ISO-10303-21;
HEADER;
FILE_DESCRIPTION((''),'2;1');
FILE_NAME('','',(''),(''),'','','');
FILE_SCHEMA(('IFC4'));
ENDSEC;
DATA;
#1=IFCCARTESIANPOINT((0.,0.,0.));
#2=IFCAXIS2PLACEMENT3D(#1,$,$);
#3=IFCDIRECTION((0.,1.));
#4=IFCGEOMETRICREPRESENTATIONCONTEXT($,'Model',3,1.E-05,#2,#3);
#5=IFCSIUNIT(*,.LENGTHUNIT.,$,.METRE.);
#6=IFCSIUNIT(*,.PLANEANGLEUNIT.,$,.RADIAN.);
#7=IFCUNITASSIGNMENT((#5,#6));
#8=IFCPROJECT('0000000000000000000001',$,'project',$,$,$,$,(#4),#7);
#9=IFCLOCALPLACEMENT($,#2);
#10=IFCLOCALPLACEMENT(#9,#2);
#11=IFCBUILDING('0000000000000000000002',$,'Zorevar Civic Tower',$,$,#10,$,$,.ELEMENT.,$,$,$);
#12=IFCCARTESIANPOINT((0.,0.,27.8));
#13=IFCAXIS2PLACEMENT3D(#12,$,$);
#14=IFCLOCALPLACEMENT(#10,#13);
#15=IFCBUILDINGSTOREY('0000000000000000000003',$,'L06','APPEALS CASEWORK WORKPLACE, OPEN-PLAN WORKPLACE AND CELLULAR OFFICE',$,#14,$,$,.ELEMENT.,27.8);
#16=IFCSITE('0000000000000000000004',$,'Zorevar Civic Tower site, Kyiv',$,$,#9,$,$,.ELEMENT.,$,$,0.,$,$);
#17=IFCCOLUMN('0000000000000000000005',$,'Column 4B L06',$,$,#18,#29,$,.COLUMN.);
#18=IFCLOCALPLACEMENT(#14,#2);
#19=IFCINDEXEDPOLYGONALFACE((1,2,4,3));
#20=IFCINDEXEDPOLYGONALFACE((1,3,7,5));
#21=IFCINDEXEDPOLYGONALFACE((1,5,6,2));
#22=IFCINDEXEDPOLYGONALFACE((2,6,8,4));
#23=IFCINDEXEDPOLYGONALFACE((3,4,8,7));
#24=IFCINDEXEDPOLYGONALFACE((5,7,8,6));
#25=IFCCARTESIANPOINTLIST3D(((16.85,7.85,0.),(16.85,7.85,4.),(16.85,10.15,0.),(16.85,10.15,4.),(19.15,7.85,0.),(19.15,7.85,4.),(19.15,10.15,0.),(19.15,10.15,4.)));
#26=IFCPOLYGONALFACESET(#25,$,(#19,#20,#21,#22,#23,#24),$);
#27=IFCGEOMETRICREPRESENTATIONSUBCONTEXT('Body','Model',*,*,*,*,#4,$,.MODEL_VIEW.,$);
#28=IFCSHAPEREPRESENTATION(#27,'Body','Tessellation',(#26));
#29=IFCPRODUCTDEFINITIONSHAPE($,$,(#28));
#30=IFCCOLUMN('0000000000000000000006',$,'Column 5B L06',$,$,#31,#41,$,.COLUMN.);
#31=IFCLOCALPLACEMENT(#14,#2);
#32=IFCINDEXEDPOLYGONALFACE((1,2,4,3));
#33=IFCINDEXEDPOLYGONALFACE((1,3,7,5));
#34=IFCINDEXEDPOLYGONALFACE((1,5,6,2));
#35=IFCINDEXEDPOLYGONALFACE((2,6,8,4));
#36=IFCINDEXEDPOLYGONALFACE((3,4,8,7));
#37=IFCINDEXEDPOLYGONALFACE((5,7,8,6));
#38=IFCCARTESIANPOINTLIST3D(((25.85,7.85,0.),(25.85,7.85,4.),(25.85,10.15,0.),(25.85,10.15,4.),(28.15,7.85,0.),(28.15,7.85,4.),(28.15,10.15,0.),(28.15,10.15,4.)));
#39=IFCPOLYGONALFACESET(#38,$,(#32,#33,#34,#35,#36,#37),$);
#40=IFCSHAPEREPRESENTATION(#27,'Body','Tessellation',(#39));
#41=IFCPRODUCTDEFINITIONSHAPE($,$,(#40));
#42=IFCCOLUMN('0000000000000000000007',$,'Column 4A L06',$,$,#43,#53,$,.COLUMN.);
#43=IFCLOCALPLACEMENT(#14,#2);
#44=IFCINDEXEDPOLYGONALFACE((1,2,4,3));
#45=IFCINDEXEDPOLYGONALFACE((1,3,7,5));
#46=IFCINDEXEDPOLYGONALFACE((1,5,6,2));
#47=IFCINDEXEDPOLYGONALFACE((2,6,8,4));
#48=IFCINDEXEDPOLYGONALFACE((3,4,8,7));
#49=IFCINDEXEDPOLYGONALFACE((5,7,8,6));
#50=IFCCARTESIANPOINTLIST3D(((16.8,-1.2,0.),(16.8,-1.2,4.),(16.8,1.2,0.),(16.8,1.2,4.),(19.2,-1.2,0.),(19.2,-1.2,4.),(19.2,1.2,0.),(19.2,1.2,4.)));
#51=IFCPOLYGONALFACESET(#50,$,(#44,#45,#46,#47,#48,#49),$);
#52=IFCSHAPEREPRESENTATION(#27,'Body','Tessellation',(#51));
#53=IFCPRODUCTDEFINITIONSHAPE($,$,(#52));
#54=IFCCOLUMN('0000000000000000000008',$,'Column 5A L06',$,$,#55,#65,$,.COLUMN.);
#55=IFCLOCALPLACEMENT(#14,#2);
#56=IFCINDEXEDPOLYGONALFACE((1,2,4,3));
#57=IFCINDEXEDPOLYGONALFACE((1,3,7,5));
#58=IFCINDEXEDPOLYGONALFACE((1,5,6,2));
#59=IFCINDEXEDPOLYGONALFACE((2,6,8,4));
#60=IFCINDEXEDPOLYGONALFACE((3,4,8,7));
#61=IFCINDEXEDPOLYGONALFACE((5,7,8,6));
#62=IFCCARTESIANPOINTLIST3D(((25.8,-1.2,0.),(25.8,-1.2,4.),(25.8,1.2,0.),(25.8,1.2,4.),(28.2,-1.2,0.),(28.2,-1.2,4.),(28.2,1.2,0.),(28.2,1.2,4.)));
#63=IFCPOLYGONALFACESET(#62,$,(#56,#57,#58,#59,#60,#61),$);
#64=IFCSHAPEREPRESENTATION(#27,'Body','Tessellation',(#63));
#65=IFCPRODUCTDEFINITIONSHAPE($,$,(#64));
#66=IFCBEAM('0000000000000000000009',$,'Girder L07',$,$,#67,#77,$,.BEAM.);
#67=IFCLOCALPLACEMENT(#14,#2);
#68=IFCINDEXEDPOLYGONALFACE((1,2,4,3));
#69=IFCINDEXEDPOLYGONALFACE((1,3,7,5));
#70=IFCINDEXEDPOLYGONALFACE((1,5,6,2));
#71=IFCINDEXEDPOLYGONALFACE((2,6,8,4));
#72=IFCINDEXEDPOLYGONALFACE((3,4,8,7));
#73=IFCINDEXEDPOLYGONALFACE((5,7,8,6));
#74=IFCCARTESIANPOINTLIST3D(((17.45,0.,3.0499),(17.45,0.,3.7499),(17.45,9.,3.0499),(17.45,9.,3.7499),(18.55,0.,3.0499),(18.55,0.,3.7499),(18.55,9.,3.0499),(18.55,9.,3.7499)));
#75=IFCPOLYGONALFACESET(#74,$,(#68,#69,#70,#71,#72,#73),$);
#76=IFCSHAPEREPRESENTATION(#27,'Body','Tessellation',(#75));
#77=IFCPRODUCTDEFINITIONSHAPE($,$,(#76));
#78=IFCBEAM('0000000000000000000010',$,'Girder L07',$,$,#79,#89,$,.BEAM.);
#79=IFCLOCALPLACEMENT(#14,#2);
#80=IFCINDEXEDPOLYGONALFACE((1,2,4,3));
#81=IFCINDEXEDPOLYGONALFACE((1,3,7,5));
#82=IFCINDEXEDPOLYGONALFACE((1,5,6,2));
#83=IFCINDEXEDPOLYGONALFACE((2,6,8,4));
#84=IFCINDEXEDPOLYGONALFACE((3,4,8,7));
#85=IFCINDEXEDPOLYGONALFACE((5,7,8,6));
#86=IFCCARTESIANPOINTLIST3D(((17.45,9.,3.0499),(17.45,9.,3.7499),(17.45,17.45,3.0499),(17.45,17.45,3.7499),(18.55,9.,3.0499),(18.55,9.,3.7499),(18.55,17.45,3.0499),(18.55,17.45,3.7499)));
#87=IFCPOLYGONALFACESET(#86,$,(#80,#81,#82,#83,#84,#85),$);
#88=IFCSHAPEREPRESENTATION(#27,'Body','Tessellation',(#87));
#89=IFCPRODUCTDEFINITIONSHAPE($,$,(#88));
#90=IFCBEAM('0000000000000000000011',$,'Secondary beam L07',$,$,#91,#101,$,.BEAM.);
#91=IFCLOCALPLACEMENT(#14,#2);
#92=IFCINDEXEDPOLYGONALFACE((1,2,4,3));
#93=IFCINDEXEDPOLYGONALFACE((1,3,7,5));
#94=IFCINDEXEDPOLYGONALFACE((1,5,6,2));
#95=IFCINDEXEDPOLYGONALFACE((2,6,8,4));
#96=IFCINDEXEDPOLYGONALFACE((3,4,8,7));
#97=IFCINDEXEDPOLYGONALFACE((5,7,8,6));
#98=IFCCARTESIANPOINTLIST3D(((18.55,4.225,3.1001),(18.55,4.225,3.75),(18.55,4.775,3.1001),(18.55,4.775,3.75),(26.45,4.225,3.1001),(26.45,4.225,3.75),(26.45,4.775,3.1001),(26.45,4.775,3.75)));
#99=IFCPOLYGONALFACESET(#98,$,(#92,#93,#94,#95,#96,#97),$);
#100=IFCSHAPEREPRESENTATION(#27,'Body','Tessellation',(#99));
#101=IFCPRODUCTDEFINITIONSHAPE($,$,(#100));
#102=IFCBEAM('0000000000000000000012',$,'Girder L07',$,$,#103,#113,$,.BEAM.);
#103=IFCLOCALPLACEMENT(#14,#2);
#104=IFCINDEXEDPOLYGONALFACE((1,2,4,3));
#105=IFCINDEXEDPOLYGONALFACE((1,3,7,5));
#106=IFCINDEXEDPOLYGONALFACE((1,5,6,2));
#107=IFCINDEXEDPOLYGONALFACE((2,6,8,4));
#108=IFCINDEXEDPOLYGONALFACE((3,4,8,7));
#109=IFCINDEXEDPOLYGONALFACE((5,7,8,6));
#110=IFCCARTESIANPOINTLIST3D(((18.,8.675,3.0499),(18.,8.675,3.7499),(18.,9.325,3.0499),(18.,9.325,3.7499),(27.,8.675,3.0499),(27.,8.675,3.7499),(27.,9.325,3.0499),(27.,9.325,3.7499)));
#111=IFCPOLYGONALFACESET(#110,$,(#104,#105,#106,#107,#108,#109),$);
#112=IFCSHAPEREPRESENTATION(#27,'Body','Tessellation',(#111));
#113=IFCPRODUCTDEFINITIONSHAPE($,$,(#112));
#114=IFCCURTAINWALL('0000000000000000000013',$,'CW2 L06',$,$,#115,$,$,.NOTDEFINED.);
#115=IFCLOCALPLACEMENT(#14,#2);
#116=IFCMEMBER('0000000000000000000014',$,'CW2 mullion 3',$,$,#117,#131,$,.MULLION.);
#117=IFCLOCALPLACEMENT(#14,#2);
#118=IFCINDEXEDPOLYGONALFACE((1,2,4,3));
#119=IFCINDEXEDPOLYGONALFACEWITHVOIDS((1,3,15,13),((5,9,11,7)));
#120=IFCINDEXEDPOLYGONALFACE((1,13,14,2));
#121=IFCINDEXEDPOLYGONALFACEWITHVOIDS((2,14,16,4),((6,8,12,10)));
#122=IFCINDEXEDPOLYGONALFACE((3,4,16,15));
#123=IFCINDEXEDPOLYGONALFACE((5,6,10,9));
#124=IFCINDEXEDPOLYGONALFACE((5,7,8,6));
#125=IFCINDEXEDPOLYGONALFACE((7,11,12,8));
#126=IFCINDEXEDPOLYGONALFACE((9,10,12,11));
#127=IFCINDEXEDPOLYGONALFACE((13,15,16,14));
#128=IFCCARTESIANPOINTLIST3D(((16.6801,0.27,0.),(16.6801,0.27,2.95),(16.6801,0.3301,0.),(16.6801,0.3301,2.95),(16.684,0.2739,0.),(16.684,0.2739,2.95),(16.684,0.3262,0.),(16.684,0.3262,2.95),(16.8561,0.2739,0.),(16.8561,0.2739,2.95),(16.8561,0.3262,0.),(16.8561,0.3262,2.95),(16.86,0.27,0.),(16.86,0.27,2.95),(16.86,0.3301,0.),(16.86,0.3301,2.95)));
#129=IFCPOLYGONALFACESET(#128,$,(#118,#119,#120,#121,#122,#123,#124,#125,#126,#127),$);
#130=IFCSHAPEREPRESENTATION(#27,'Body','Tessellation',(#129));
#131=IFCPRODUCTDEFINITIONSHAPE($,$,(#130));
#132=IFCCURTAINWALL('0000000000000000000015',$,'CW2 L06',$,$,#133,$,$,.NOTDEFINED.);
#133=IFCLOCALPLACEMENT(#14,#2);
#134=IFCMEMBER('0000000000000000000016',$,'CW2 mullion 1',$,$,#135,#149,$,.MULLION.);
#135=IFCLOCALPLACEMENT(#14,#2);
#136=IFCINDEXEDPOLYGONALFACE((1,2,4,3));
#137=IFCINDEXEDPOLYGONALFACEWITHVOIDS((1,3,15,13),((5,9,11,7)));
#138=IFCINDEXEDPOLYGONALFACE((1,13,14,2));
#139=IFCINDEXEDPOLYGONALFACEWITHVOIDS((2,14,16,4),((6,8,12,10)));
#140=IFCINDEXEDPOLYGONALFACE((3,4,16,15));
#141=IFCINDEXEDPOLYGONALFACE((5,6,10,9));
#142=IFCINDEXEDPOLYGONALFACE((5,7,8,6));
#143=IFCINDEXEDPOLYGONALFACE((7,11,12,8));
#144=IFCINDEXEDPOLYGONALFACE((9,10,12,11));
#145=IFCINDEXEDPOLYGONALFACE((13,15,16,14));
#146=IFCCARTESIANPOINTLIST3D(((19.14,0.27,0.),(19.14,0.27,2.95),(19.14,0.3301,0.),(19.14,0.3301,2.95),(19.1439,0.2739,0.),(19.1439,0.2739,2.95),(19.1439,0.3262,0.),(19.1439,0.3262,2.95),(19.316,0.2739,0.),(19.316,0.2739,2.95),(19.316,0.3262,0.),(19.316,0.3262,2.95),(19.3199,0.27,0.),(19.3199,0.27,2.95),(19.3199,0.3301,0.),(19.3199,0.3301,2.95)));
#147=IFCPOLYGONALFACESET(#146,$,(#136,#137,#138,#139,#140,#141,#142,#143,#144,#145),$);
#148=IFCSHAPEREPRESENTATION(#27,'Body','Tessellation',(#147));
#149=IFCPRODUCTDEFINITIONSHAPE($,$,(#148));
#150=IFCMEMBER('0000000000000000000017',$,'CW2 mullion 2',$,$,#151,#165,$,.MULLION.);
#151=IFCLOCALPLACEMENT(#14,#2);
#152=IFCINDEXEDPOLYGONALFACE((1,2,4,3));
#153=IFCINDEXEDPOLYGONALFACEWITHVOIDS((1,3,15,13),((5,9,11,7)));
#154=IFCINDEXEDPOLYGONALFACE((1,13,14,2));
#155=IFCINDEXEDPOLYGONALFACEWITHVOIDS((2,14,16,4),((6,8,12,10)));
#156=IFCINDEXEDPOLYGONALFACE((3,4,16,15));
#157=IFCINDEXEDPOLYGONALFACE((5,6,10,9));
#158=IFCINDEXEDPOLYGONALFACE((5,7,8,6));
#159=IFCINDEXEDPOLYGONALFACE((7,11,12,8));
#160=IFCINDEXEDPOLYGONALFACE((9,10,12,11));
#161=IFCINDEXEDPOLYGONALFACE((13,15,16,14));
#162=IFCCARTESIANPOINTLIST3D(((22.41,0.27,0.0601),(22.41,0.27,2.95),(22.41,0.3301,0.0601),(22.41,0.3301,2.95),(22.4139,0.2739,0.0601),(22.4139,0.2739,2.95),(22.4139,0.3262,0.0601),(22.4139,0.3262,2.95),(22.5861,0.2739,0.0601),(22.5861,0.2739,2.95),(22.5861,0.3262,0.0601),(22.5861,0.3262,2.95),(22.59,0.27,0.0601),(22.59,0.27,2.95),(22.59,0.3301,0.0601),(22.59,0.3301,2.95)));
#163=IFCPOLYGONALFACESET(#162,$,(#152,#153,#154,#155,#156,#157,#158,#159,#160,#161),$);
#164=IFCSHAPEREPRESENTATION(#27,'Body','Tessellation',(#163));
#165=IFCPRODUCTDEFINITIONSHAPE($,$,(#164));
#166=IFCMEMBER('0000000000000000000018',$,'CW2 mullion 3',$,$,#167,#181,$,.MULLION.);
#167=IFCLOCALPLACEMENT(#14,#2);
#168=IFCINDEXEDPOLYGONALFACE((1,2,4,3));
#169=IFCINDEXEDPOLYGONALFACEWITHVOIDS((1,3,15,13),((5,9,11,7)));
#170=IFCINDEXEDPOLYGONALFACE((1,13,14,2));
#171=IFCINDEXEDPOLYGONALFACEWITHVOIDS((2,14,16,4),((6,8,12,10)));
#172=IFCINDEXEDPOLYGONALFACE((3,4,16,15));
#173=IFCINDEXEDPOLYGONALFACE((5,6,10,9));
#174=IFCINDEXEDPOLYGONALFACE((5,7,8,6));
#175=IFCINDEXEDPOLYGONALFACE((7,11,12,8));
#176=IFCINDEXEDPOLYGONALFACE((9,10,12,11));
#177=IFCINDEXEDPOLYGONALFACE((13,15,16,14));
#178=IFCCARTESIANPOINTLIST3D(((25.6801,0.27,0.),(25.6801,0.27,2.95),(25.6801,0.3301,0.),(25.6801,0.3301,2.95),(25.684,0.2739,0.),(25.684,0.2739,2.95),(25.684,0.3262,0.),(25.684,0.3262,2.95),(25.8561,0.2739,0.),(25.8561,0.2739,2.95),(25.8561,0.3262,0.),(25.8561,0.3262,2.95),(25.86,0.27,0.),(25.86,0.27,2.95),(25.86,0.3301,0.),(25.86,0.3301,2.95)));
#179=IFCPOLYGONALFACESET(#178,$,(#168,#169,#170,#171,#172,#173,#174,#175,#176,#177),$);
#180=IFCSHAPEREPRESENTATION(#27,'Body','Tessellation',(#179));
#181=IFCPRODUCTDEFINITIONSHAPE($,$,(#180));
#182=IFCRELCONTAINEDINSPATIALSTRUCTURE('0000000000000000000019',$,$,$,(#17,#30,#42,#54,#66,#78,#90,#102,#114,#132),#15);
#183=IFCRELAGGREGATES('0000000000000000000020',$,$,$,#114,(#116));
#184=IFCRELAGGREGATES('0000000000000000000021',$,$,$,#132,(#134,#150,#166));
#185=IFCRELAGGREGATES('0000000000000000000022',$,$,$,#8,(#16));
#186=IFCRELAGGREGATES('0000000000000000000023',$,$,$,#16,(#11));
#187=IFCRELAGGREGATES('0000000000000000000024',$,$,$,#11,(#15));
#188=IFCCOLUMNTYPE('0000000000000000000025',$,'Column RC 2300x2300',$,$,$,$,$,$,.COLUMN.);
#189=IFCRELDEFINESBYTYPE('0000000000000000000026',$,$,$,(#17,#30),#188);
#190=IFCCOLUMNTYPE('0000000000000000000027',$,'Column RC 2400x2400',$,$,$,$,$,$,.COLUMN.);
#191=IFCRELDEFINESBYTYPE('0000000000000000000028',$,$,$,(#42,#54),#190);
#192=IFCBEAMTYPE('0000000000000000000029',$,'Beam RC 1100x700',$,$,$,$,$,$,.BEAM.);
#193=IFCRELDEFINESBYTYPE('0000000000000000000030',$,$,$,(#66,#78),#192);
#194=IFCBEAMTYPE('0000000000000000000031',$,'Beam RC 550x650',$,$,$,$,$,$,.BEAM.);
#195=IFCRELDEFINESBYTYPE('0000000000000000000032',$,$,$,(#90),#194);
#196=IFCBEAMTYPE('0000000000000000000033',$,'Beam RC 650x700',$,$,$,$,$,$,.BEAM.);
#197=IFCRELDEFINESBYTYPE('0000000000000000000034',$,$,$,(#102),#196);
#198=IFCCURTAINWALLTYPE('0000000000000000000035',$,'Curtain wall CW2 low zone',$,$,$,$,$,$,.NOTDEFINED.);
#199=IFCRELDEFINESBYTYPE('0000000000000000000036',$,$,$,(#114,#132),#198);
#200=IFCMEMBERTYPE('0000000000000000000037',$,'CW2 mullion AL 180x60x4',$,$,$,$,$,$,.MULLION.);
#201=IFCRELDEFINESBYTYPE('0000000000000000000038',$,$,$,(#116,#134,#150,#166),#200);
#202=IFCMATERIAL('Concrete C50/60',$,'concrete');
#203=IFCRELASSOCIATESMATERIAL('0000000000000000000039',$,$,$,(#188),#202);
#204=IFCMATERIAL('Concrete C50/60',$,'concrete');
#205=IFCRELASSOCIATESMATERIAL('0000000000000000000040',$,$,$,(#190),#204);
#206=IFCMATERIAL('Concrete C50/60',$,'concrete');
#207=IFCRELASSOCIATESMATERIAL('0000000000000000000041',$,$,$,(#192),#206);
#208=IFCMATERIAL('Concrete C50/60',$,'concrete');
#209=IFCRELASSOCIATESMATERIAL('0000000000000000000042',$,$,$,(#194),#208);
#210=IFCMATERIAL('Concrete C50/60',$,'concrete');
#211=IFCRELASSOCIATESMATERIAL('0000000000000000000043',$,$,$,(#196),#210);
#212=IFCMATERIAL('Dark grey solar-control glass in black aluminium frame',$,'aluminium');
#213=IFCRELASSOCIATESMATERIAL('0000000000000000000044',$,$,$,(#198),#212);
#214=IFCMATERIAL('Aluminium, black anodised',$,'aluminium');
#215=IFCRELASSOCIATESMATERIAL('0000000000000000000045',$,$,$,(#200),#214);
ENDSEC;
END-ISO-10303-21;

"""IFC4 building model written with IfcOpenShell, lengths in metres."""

from ifc_helpers import new_model, si_unit, direction, frame, origin, origin_2d, place, context, subcontext, project, spatial, rectangle, hollow_rectangle, extrude, material, material_profile, profile_set, type_object, element, aggregate, save


model = new_model("IFC4")

# Units and contexts
model_context = context("Model", 3, precision=1e-05, world=origin(), true_north=direction((0.0, 1.0)))
body_context = subcontext(model_context, "Body", "Model", "MODEL_VIEW")
ifc_project = project(units=[si_unit("LENGTHUNIT", "METRE"), si_unit("PLANEANGLEUNIT", "RADIAN")], contexts=[model_context])

# Site, building, storey
site_placement = place(None, origin())
site = spatial("IfcSite", under=ifc_project, at=site_placement, Name="Zorevar Civic Tower site, Kyiv", CompositionType="ELEMENT", RefElevation=0.0)
building_placement = place(site_placement, origin())
building = spatial("IfcBuilding", under=site, at=building_placement, Name="Zorevar Civic Tower", CompositionType="ELEMENT")
storey_placement = place(building_placement, frame((0.0, 0.0, 27.8)))
storey = spatial("IfcBuildingStorey", under=building, at=storey_placement, Name="L06", Description="APPEALS CASEWORK WORKPLACE, OPEN-PLAN WORKPLACE AND CELLULAR OFFICE", CompositionType="ELEMENT", Elevation=27.8)

# Columns
ifc_material_1 = material(Name="Concrete C50/60", Category="concrete")
ifc_material_profile_1 = material_profile(ifc_material_1, rectangle(XDim=2.3, YDim=2.3, at=origin_2d()), Name="RC 2300x2300")
ifc_profile_set_1 = profile_set([ifc_material_profile_1], Name="Concrete C50/60")
column_type_1 = type_object("IfcColumnType", Name="Column RC 2300x2300", PredefinedType="COLUMN", material=ifc_profile_set_1)
for number, where, z_axis, x_axis, name in (
    (1, (18.0, 9.0, 0.0), (0.0, 0.0, 1.0), (1.0, 0.0, 0.0), "Column 4B L06"),
    (2, (27.0, 9.0, 0.0), (0.0, 0.0, 1.0), (1.0, 0.0, 0.0), "Column 5B L06"),
):
    element("IfcColumn", number, at=place(storey_placement, frame(where, z_axis=z_axis, x_axis=x_axis)), inside=storey, type_object=column_type_1, Name=name, PredefinedType="COLUMN", context=body_context, shape_type="SweptSolid", body=[
        extrude(rectangle(XDim=2.3, YDim=2.3, at=origin_2d()), origin(), (0.0, 0.0, 1.0), 4.0),
    ])
ifc_material_2 = material(Name="Concrete C50/60", Category="concrete")
ifc_material_profile_2 = material_profile(ifc_material_2, rectangle(XDim=2.3999, YDim=2.3999, at=origin_2d()), Name="RC 2400x2400")
ifc_profile_set_2 = profile_set([ifc_material_profile_2], Name="Concrete C50/60")
column_type_2 = type_object("IfcColumnType", Name="Column RC 2400x2400", PredefinedType="COLUMN", material=ifc_profile_set_2)
for number, where, z_axis, x_axis, name in (
    (3, (18.0, 0.0, 0.0), (0.0, 0.0, 1.0), (1.0, 0.0, 0.0), "Column 4A L06"),
    (4, (27.0, 0.0, 0.0), (0.0, 0.0, 1.0), (1.0, 0.0, 0.0), "Column 5A L06"),
):
    element("IfcColumn", number, at=place(storey_placement, frame(where, z_axis=z_axis, x_axis=x_axis)), inside=storey, type_object=column_type_2, Name=name, PredefinedType="COLUMN", context=body_context, shape_type="SweptSolid", body=[
        extrude(rectangle(XDim=2.3999, YDim=2.3999, at=origin_2d()), origin(), (0.0, 0.0, 1.0), 4.0),
    ])

# Beams
ifc_material_3 = material(Name="Concrete C50/60", Category="concrete")
ifc_material_profile_3 = material_profile(ifc_material_3, rectangle(XDim=1.1001, YDim=0.7, at=origin_2d()), Name="RC 1100x700")
ifc_profile_set_3 = profile_set([ifc_material_profile_3], Name="Concrete C50/60")
beam_type_1 = type_object("IfcBeamType", Name="Beam RC 1100x700", PredefinedType="BEAM", material=ifc_profile_set_3)
beam_1_placement = place(storey_placement, frame((18.0, 0.0, 3.3999), z_axis=(0.0, 1.0, 0.0), x_axis=(-1.0, 0.0, 0.0)))
element("IfcBeam", 5, at=beam_1_placement, inside=storey, type_object=beam_type_1, Name="Girder L07", PredefinedType="BEAM", context=body_context, shape_type="SweptSolid", body=[
    extrude(rectangle(XDim=1.1001, YDim=0.7, at=origin_2d()), origin(), (0.0, 0.0, 1.0), 9.0),
])
beam_2_placement = place(storey_placement, frame((18.0, 9.0, 3.3999), z_axis=(0.0, 1.0, 0.0), x_axis=(-1.0, 0.0, 0.0)))
element("IfcBeam", 6, at=beam_2_placement, inside=storey, type_object=beam_type_1, Name="Girder L07", PredefinedType="BEAM", context=body_context, shape_type="SweptSolid", body=[
    extrude(rectangle(XDim=1.1001, YDim=0.7, at=origin_2d()), origin(), (0.0, 0.0, 1.0), 8.45),
])
ifc_material_4 = material(Name="Concrete C50/60", Category="concrete")
ifc_material_profile_4 = material_profile(ifc_material_4, rectangle(XDim=0.55, YDim=0.6499, at=origin_2d()), Name="RC 550x650")
ifc_profile_set_4 = profile_set([ifc_material_profile_4], Name="Concrete C50/60")
beam_type_2 = type_object("IfcBeamType", Name="Beam RC 550x650", PredefinedType="BEAM", material=ifc_profile_set_4)
beam_3_placement = place(storey_placement, frame((18.55, 4.5, 3.425), z_axis=(1.0, 0.0, 0.0), x_axis=(0.0, 1.0, 0.0)))
element("IfcBeam", 7, at=beam_3_placement, inside=storey, type_object=beam_type_2, Name="Secondary beam L07", PredefinedType="BEAM", context=body_context, shape_type="SweptSolid", body=[
    extrude(rectangle(XDim=0.55, YDim=0.6499, at=origin_2d()), origin(), (0.0, 0.0, 1.0), 7.8999),
])
ifc_material_5 = material(Name="Concrete C50/60", Category="concrete")
ifc_material_profile_5 = material_profile(ifc_material_5, rectangle(XDim=0.6499, YDim=0.7, at=origin_2d()), Name="RC 650x700")
ifc_profile_set_5 = profile_set([ifc_material_profile_5], Name="Concrete C50/60")
beam_type_3 = type_object("IfcBeamType", Name="Beam RC 650x700", PredefinedType="BEAM", material=ifc_profile_set_5)
beam_4_placement = place(storey_placement, frame((18.0, 9.0, 3.3999), z_axis=(1.0, 0.0, 0.0), x_axis=(0.0, 1.0, 0.0)))
element("IfcBeam", 8, at=beam_4_placement, inside=storey, type_object=beam_type_3, Name="Girder L07", PredefinedType="BEAM", context=body_context, shape_type="SweptSolid", body=[
    extrude(rectangle(XDim=0.6499, YDim=0.7, at=origin_2d()), origin(), (0.0, 0.0, 1.0), 9.0),
])

# Curtain wall, member
ifc_material_6 = material(Name="Dark grey solar-control glass in black aluminium frame", Category="aluminium")
curtain_wall_type = type_object("IfcCurtainWallType", Name="Curtain wall CW2 low zone", PredefinedType="NOTDEFINED", material=ifc_material_6)
curtain_wall_1_placement = place(storey_placement, origin())
curtain_wall_1 = element("IfcCurtainWall", 9, at=curtain_wall_1_placement, inside=storey, type_object=curtain_wall_type, Name="CW2 L06", PredefinedType="NOTDEFINED")
ifc_material_7 = material(Name="Aluminium, black anodised", Category="aluminium")
ifc_material_profile_6 = material_profile(ifc_material_7, hollow_rectangle(XDim=0.0601, YDim=0.1799, WallThickness=0.0039, at=origin_2d()), Name="AL 180x60x4")
ifc_profile_set_6 = profile_set([ifc_material_profile_6], Name="Aluminium, black anodised")
member_type_1 = type_object("IfcMemberType", Name="CW2 mullion AL 180x60x4", PredefinedType="MULLION", material=ifc_profile_set_6)
member_1_placement = place(storey_placement, frame((16.77, 0.3, 0.0), z_axis=(0.0, 0.0, 1.0), x_axis=(0.0, 1.0, 0.0)))
member_1 = element("IfcMember", 10, at=member_1_placement, type_object=member_type_1, Name="CW2 mullion 3", PredefinedType="MULLION", context=body_context, shape_type="SweptSolid", body=[
    extrude(hollow_rectangle(XDim=0.0601, YDim=0.1799, WallThickness=0.0039, at=origin_2d()), origin(), (0.0, 0.0, 1.0), 2.95),
])

# Curtain wall, members
curtain_wall_2_placement = place(storey_placement, origin())
curtain_wall_2 = element("IfcCurtainWall", 11, at=curtain_wall_2_placement, inside=storey, type_object=curtain_wall_type, Name="CW2 L06", PredefinedType="NOTDEFINED")
member_2_placement = place(storey_placement, frame((19.23, 0.3, 0.0), z_axis=(0.0, 0.0, 1.0), x_axis=(0.0, 1.0, 0.0)))
member_2 = element("IfcMember", 12, at=member_2_placement, type_object=member_type_1, Name="CW2 mullion 1", PredefinedType="MULLION", context=body_context, shape_type="SweptSolid", body=[
    extrude(hollow_rectangle(XDim=0.0601, YDim=0.1799, WallThickness=0.0039, at=origin_2d()), origin(), (0.0, 0.0, 1.0), 2.95),
])
member_3_placement = place(storey_placement, frame((22.5, 0.3, 0.0601), z_axis=(0.0, 0.0, 1.0), x_axis=(0.0, 1.0, 0.0)))
member_3 = element("IfcMember", 13, at=member_3_placement, type_object=member_type_1, Name="CW2 mullion 2", PredefinedType="MULLION", context=body_context, shape_type="SweptSolid", body=[
    extrude(hollow_rectangle(XDim=0.0601, YDim=0.1799, WallThickness=0.0039, at=origin_2d()), origin(), (0.0, 0.0, 1.0), 2.8899),
])
member_4_placement = place(storey_placement, frame((25.77, 0.3, 0.0), z_axis=(0.0, 0.0, 1.0), x_axis=(0.0, 1.0, 0.0)))
member_4 = element("IfcMember", 14, at=member_4_placement, type_object=member_type_1, Name="CW2 mullion 3", PredefinedType="MULLION", context=body_context, shape_type="SweptSolid", body=[
    extrude(hollow_rectangle(XDim=0.0601, YDim=0.1799, WallThickness=0.0039, at=origin_2d()), origin(), (0.0, 0.0, 1.0), 2.95),
])

aggregate(curtain_wall_1, [member_1])
aggregate(curtain_wall_2, [member_2, member_3, member_4])

save(model, "model.ifc")
